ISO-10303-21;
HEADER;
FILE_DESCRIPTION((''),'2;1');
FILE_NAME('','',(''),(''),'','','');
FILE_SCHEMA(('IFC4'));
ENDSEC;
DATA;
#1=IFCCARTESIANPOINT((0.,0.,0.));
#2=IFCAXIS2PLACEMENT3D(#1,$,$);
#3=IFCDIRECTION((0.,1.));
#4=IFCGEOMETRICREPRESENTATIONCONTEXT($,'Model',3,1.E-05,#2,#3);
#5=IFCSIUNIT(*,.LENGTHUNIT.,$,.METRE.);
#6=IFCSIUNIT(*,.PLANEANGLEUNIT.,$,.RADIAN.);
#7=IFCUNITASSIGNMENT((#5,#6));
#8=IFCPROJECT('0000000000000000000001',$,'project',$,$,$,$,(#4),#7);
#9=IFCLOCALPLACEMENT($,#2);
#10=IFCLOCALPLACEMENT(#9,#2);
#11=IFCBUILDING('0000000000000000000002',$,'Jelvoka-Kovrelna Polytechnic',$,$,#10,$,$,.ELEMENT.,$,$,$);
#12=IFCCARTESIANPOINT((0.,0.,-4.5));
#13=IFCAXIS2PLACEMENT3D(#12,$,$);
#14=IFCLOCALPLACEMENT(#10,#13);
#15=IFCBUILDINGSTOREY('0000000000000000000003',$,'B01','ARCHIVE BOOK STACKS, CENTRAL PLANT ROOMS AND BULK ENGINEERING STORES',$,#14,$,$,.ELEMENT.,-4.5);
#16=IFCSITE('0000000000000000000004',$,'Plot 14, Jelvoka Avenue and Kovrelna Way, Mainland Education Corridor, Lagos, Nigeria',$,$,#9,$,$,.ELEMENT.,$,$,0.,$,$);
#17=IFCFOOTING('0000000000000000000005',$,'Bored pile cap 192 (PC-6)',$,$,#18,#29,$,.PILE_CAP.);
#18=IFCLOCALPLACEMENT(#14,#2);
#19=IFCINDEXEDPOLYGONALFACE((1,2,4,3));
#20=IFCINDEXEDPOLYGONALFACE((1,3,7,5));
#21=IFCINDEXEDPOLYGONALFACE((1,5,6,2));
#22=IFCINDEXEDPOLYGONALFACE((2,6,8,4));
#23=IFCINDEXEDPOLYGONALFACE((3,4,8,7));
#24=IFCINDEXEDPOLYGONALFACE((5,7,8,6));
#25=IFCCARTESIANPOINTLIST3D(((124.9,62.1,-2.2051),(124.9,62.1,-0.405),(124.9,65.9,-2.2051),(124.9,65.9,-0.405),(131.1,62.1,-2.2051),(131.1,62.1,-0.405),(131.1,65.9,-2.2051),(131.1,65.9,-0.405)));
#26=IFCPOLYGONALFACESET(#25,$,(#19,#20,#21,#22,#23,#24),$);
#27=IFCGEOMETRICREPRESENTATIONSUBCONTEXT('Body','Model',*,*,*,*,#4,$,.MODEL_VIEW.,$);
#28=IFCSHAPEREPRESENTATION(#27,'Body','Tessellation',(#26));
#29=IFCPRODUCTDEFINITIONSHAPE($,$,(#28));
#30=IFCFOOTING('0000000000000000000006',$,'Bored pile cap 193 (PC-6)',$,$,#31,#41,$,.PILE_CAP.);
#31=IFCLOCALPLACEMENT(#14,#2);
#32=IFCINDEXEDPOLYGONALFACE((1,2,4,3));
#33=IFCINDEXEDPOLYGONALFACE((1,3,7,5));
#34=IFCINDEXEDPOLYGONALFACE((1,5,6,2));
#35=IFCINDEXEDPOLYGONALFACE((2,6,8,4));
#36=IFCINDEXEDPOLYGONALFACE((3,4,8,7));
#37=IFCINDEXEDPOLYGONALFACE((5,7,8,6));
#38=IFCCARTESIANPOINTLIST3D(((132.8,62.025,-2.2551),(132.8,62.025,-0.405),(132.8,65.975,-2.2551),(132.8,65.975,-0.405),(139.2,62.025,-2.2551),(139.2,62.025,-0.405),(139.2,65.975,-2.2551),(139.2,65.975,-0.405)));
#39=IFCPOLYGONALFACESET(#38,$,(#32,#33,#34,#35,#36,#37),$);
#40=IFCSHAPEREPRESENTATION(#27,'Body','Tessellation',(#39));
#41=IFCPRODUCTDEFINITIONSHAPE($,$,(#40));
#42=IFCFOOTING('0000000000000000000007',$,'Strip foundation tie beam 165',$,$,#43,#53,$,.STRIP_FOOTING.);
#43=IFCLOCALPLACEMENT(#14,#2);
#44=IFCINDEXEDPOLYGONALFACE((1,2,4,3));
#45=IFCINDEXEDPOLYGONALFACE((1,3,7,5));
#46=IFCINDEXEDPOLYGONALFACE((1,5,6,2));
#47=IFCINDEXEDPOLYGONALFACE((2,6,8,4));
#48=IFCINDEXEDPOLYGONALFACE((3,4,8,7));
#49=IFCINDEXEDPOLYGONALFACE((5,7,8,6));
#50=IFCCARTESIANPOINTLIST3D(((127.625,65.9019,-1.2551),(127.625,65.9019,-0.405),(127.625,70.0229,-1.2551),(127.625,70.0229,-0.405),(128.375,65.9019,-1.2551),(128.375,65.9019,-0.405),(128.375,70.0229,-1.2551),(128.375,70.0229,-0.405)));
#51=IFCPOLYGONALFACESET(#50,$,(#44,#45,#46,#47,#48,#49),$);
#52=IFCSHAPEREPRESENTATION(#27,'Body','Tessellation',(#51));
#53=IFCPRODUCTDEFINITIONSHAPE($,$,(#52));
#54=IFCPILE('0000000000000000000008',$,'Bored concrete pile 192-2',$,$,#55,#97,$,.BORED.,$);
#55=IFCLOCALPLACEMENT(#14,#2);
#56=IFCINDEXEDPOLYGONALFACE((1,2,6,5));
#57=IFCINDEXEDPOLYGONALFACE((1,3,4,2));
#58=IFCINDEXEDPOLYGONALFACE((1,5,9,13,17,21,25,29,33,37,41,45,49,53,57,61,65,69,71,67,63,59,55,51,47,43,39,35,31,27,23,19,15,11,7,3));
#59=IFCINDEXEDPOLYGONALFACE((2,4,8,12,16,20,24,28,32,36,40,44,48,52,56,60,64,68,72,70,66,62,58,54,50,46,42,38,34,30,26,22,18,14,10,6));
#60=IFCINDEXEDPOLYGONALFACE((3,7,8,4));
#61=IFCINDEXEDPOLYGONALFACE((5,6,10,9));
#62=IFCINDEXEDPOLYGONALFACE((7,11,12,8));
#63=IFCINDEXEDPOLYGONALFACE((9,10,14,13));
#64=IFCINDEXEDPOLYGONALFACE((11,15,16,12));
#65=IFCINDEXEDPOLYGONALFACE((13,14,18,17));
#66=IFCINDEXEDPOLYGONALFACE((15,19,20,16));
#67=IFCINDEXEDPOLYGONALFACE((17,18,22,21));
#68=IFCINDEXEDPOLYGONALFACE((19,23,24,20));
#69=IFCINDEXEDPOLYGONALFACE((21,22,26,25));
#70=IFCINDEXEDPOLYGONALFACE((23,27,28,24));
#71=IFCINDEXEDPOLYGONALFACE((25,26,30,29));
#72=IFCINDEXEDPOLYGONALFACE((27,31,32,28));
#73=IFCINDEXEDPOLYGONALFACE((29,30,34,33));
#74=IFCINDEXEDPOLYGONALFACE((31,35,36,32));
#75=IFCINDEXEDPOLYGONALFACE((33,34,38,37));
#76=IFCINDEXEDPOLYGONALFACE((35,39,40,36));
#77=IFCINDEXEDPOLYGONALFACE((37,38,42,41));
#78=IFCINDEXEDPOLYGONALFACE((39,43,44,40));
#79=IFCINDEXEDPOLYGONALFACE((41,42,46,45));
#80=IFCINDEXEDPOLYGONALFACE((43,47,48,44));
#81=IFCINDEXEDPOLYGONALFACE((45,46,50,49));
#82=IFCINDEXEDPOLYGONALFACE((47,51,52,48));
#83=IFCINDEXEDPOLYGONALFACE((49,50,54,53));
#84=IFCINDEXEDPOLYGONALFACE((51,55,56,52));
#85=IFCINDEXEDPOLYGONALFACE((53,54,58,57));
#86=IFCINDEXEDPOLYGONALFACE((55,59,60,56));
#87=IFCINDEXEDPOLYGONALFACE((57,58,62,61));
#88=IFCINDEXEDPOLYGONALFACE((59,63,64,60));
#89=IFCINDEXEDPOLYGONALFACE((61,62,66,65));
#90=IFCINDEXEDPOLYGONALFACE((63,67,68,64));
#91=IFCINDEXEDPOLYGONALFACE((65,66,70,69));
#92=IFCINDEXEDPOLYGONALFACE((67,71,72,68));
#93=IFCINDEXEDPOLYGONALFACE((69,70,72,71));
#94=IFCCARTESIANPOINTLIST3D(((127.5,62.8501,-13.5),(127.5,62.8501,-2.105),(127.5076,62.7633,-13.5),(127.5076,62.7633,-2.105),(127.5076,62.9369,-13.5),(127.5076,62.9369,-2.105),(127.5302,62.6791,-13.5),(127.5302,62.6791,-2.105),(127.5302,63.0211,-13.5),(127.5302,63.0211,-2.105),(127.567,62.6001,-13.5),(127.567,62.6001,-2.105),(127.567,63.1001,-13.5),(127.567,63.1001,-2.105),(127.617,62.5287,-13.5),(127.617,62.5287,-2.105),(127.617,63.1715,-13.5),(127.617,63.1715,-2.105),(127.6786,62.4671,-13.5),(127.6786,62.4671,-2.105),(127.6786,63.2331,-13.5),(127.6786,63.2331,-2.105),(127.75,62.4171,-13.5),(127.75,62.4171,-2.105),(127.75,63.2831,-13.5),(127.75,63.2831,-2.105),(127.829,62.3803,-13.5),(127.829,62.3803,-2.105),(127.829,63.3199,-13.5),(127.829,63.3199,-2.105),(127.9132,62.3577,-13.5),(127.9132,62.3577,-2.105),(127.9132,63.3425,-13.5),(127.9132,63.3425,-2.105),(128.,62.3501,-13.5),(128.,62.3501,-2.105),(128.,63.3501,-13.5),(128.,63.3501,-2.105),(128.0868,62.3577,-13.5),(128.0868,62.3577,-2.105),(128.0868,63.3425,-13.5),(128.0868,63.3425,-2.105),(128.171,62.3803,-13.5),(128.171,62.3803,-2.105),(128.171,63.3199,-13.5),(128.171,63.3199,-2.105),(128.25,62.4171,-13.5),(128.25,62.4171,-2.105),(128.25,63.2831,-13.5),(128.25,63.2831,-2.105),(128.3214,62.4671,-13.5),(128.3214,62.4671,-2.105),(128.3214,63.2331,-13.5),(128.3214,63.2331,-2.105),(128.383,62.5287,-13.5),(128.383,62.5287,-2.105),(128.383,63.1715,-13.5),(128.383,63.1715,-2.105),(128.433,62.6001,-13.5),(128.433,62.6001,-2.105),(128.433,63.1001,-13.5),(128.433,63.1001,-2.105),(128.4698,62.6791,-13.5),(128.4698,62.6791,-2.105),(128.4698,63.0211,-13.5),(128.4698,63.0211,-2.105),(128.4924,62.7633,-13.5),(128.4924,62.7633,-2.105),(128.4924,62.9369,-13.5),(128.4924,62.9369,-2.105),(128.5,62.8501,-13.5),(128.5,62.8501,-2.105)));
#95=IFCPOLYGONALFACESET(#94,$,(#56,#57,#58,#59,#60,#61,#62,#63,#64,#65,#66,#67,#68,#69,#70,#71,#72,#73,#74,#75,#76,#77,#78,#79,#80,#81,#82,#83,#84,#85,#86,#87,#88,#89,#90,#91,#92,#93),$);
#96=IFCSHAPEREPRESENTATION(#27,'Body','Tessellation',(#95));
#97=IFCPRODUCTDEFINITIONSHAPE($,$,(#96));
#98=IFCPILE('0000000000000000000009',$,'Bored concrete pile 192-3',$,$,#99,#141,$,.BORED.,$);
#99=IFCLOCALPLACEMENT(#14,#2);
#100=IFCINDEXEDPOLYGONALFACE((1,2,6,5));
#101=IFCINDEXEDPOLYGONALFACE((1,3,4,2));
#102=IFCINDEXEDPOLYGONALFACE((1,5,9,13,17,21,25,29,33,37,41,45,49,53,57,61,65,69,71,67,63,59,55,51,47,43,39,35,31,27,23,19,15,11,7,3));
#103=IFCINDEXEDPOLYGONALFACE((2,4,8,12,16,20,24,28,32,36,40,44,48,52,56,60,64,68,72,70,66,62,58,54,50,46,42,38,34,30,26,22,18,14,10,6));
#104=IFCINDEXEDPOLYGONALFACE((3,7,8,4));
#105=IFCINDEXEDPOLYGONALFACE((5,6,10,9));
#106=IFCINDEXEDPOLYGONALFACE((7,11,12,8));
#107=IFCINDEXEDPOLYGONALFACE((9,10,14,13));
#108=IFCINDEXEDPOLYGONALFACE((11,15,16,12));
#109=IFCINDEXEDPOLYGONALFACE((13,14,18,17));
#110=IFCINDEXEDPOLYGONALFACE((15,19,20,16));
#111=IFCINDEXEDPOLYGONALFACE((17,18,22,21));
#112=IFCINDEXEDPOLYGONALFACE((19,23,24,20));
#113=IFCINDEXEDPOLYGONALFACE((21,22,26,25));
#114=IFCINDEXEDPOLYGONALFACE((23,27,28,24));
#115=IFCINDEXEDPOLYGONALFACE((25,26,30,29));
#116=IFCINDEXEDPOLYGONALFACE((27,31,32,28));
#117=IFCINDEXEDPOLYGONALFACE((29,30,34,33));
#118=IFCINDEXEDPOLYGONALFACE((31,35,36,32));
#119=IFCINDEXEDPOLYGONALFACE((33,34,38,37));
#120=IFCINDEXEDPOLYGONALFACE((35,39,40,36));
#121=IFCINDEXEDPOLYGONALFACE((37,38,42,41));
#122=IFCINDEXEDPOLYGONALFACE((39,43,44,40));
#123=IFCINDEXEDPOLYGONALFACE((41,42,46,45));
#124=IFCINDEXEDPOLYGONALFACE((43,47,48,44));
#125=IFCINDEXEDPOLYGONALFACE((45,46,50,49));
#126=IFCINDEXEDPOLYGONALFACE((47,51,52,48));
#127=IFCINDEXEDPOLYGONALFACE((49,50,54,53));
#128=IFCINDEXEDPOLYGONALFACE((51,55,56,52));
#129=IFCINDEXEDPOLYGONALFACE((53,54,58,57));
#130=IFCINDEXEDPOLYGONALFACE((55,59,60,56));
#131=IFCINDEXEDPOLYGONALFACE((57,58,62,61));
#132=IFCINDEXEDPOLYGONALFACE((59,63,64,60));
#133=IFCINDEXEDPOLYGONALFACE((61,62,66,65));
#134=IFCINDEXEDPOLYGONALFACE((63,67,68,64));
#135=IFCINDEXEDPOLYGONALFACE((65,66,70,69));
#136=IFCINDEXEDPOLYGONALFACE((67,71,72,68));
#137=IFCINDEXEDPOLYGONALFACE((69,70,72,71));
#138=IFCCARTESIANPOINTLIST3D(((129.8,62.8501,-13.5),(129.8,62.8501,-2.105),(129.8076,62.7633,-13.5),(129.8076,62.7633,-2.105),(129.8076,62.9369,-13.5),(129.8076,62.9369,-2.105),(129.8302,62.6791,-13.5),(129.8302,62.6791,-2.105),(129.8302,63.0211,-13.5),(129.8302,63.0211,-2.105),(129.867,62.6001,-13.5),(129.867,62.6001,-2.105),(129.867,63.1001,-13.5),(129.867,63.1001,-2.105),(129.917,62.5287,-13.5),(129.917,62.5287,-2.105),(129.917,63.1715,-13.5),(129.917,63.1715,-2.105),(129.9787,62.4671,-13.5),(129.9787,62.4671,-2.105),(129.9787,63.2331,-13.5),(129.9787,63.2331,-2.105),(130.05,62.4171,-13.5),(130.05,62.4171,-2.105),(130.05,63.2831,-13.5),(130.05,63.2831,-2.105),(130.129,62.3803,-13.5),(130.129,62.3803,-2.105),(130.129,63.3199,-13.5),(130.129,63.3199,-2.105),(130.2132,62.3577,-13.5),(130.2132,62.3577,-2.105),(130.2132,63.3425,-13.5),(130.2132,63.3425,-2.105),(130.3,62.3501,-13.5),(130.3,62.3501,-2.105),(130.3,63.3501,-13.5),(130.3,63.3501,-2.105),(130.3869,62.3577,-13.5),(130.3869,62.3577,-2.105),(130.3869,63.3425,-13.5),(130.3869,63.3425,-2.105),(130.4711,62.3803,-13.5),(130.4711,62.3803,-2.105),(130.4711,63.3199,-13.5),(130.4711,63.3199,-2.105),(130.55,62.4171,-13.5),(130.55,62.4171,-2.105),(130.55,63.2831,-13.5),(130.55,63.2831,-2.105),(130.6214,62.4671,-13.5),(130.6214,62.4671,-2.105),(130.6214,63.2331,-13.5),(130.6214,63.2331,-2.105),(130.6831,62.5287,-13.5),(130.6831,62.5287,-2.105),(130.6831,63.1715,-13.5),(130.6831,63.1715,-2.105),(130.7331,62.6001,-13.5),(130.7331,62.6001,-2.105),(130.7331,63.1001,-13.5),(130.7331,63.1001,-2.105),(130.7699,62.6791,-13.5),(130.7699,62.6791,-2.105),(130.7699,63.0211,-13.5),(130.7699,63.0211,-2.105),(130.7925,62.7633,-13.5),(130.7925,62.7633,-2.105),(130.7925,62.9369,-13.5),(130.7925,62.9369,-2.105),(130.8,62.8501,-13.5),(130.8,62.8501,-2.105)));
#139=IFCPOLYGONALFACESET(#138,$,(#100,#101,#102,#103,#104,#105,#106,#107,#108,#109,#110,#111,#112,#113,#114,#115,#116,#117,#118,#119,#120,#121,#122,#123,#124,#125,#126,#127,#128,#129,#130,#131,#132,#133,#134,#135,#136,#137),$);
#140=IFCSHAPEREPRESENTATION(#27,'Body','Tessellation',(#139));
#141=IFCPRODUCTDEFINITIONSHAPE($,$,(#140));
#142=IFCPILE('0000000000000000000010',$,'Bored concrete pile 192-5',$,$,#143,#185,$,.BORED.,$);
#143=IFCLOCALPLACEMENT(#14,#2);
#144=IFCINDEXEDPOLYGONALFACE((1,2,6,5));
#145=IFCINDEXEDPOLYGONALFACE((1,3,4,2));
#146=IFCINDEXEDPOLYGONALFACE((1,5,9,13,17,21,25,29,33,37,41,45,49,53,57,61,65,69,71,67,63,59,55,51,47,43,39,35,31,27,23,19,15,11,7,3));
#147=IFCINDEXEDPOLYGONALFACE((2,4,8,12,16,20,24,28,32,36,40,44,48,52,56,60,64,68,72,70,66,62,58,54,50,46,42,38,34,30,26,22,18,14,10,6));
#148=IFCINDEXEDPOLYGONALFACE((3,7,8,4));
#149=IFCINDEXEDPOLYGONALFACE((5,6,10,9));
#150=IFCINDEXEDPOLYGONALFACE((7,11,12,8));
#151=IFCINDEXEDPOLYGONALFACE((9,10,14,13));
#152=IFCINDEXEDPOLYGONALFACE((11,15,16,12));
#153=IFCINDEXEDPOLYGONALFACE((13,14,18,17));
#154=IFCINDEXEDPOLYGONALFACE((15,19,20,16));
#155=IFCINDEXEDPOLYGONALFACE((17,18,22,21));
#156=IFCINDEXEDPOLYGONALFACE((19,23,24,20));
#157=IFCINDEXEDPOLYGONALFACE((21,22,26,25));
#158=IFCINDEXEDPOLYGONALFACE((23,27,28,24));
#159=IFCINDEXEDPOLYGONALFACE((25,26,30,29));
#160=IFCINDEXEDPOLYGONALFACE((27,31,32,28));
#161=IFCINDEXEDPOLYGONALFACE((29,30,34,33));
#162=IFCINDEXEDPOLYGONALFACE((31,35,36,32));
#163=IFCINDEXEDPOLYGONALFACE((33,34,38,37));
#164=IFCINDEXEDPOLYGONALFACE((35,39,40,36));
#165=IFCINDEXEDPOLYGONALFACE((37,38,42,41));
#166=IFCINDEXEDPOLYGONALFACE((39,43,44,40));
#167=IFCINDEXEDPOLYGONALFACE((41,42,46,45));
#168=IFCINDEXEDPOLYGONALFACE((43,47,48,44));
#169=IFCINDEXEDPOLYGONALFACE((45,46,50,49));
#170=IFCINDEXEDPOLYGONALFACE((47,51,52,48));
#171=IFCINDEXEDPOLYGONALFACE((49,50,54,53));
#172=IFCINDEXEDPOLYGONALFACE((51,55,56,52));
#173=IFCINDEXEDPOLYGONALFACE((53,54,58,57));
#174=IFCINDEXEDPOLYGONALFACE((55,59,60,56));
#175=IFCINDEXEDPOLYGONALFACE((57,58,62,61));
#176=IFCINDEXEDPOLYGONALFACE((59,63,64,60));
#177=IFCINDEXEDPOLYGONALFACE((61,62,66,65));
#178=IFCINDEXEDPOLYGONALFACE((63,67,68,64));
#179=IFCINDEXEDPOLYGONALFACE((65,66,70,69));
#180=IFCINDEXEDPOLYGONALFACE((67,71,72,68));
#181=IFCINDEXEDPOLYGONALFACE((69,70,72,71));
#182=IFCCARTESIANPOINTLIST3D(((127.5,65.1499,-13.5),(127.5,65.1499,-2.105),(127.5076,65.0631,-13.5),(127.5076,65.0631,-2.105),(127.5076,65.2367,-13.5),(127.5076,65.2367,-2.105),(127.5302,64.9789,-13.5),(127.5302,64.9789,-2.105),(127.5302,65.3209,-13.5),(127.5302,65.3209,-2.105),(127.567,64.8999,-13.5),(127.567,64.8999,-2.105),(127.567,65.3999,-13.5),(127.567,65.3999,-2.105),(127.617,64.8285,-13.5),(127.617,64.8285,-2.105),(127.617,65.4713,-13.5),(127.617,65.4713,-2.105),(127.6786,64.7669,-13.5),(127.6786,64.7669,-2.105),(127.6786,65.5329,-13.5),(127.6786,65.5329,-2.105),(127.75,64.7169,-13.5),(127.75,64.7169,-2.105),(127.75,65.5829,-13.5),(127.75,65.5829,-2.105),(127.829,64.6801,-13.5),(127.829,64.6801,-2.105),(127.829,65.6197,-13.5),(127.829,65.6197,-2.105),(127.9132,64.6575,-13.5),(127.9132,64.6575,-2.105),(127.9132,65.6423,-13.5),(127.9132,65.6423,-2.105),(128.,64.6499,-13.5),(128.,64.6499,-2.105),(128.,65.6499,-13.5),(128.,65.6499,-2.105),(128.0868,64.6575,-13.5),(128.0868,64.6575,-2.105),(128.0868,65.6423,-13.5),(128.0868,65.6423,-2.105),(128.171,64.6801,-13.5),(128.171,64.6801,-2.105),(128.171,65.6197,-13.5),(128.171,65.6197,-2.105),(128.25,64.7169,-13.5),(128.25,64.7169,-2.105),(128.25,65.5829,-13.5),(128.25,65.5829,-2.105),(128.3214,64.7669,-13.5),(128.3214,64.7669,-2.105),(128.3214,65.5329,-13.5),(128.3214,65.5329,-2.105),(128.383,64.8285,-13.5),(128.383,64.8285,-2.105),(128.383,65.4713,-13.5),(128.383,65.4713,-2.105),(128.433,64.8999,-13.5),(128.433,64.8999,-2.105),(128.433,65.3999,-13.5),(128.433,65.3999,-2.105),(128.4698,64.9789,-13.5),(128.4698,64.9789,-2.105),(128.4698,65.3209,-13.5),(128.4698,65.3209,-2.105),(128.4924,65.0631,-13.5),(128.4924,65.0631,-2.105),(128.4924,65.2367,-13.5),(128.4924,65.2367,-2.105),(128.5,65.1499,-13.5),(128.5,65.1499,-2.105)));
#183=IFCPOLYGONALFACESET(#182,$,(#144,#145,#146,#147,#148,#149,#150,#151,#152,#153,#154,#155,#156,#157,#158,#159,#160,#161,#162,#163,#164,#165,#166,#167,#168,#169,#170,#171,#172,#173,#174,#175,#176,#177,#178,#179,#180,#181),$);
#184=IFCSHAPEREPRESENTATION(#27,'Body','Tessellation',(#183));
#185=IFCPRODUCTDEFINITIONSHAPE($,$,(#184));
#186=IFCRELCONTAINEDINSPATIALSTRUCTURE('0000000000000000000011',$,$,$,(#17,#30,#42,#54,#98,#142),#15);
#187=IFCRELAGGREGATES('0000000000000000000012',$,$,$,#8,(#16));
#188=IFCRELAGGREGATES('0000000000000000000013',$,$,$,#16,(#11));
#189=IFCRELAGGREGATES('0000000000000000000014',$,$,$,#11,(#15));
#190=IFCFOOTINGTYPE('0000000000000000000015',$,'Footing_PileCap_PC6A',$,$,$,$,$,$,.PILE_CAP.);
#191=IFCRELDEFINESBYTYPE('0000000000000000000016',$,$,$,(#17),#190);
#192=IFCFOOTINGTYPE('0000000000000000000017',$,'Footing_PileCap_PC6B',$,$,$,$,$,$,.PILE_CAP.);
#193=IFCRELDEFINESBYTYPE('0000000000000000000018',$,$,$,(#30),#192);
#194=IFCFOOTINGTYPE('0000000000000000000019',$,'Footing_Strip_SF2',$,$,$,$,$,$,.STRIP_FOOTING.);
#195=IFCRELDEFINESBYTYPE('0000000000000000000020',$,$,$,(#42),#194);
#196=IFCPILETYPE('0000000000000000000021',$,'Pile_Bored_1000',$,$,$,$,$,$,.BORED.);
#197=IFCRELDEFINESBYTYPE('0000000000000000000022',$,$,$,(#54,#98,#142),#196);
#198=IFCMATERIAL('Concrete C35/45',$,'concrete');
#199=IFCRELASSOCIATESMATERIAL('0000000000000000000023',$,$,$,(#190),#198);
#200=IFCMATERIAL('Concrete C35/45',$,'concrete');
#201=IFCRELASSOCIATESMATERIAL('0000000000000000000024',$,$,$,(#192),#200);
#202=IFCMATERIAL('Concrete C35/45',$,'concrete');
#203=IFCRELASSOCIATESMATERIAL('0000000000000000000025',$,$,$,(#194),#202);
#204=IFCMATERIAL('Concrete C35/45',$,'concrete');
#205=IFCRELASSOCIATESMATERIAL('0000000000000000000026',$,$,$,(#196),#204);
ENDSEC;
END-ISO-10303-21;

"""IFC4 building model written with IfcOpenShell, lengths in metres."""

from ifc_helpers import new_model, si_unit, direction, frame, origin, origin_2d, place, context, subcontext, project, spatial, rectangle, circle, extrude, material, material_profile, profile_set, type_object, element, save


model = new_model("IFC4")

# Units and contexts
model_context = context("Model", 3, precision=1e-05, world=origin(), true_north=direction((0.0, 1.0)))
body_context = subcontext(model_context, "Body", "Model", "MODEL_VIEW")
ifc_project = project(units=[si_unit("LENGTHUNIT", "METRE"), si_unit("PLANEANGLEUNIT", "RADIAN")], contexts=[model_context])

# Site, building, storey
site_placement = place(None, origin())
site = spatial("IfcSite", under=ifc_project, at=site_placement, Name="Plot 14, Jelvoka Avenue and Kovrelna Way, Mainland Education Corridor, Lagos, Nigeria", CompositionType="ELEMENT", RefElevation=0.0)
building_placement = place(site_placement, origin())
building = spatial("IfcBuilding", under=site, at=building_placement, Name="Jelvoka-Kovrelna Polytechnic", CompositionType="ELEMENT")
storey_placement = place(building_placement, frame((0.0, 0.0, -4.5)))
storey = spatial("IfcBuildingStorey", under=building, at=storey_placement, Name="B01", Description="ARCHIVE BOOK STACKS, CENTRAL PLANT ROOMS AND BULK ENGINEERING STORES", CompositionType="ELEMENT", Elevation=-4.5)

# Footings
ifc_material_1 = material(Name="Concrete C35/45", Category="concrete")
footing_type_1 = type_object("IfcFootingType", Name="Footing_PileCap_PC6A", PredefinedType="PILE_CAP", material=ifc_material_1)
footing_1_placement = place(storey_placement, frame((128.0, 64.0, -2.2051), z_axis=(0.0, 0.0, 1.0), x_axis=(1.0, 0.0, 0.0)))
element("IfcFooting", 1, at=footing_1_placement, inside=storey, type_object=footing_type_1, Name="Bored pile cap 192 (PC-6)", PredefinedType="PILE_CAP", context=body_context, shape_type="SweptSolid", body=[
    extrude(rectangle(XDim=6.2, YDim=3.8, at=origin_2d()), origin(), (0.0, 0.0, 1.0), 1.8),
])
ifc_material_2 = material(Name="Concrete C35/45", Category="concrete")
footing_type_2 = type_object("IfcFootingType", Name="Footing_PileCap_PC6B", PredefinedType="PILE_CAP", material=ifc_material_2)
footing_2_placement = place(storey_placement, frame((136.0, 64.0, -2.2551), z_axis=(0.0, 0.0, 1.0), x_axis=(1.0, 0.0, 0.0)))
element("IfcFooting", 2, at=footing_2_placement, inside=storey, type_object=footing_type_2, Name="Bored pile cap 193 (PC-6)", PredefinedType="PILE_CAP", context=body_context, shape_type="SweptSolid", body=[
    extrude(rectangle(XDim=6.3999, YDim=3.95, at=origin_2d()), origin(), (0.0, 0.0, 1.0), 1.8501),
])
ifc_material_3 = material(Name="Concrete C35/45", Category="concrete")
footing_type_3 = type_object("IfcFootingType", Name="Footing_Strip_SF2", PredefinedType="STRIP_FOOTING", material=ifc_material_3)
footing_3_placement = place(storey_placement, frame((128.0, 67.9624, -1.2551), z_axis=(0.0, 0.0, 1.0), x_axis=(0.0, 1.0, 0.0)))
element("IfcFooting", 3, at=footing_3_placement, inside=storey, type_object=footing_type_3, Name="Strip foundation tie beam 165", PredefinedType="STRIP_FOOTING", context=body_context, shape_type="SweptSolid", body=[
    extrude(rectangle(XDim=4.1211, YDim=0.75, at=origin_2d()), origin(), (0.0, 0.0, 1.0), 0.8501),
])

# Piles
ifc_material_4 = material(Name="Concrete C35/45", Category="concrete")
ifc_material_profile_1 = material_profile(ifc_material_4, circle(Radius=0.5, at=origin_2d()), Name="PILE D1000")
ifc_profile_set_1 = profile_set([ifc_material_profile_1], Name="Concrete C35/45")
pile_type = type_object("IfcPileType", Name="Pile_Bored_1000", PredefinedType="BORED", material=ifc_profile_set_1)
for number, where, z_axis, x_axis, name in (
    (4, (128.0, 62.8501, -2.105), (0.0, 0.0, -1.0), (1.0, 0.0, 0.0), "Bored concrete pile 192-2"),
    (5, (130.3, 62.8501, -2.105), (0.0, 0.0, -1.0), (1.0, 0.0, 0.0), "Bored concrete pile 192-3"),
    (6, (128.0, 65.1499, -2.105), (0.0, 0.0, -1.0), (1.0, 0.0, 0.0), "Bored concrete pile 192-5"),
):
    element("IfcPile", number, at=place(storey_placement, frame(where, z_axis=z_axis, x_axis=x_axis)), inside=storey, type_object=pile_type, Name=name, PredefinedType="BORED", context=body_context, shape_type="SweptSolid", body=[
        extrude(circle(Radius=0.5, at=origin_2d()), origin(), (0.0, 0.0, 1.0), 11.395),
    ])

save(model, "model.ifc")
